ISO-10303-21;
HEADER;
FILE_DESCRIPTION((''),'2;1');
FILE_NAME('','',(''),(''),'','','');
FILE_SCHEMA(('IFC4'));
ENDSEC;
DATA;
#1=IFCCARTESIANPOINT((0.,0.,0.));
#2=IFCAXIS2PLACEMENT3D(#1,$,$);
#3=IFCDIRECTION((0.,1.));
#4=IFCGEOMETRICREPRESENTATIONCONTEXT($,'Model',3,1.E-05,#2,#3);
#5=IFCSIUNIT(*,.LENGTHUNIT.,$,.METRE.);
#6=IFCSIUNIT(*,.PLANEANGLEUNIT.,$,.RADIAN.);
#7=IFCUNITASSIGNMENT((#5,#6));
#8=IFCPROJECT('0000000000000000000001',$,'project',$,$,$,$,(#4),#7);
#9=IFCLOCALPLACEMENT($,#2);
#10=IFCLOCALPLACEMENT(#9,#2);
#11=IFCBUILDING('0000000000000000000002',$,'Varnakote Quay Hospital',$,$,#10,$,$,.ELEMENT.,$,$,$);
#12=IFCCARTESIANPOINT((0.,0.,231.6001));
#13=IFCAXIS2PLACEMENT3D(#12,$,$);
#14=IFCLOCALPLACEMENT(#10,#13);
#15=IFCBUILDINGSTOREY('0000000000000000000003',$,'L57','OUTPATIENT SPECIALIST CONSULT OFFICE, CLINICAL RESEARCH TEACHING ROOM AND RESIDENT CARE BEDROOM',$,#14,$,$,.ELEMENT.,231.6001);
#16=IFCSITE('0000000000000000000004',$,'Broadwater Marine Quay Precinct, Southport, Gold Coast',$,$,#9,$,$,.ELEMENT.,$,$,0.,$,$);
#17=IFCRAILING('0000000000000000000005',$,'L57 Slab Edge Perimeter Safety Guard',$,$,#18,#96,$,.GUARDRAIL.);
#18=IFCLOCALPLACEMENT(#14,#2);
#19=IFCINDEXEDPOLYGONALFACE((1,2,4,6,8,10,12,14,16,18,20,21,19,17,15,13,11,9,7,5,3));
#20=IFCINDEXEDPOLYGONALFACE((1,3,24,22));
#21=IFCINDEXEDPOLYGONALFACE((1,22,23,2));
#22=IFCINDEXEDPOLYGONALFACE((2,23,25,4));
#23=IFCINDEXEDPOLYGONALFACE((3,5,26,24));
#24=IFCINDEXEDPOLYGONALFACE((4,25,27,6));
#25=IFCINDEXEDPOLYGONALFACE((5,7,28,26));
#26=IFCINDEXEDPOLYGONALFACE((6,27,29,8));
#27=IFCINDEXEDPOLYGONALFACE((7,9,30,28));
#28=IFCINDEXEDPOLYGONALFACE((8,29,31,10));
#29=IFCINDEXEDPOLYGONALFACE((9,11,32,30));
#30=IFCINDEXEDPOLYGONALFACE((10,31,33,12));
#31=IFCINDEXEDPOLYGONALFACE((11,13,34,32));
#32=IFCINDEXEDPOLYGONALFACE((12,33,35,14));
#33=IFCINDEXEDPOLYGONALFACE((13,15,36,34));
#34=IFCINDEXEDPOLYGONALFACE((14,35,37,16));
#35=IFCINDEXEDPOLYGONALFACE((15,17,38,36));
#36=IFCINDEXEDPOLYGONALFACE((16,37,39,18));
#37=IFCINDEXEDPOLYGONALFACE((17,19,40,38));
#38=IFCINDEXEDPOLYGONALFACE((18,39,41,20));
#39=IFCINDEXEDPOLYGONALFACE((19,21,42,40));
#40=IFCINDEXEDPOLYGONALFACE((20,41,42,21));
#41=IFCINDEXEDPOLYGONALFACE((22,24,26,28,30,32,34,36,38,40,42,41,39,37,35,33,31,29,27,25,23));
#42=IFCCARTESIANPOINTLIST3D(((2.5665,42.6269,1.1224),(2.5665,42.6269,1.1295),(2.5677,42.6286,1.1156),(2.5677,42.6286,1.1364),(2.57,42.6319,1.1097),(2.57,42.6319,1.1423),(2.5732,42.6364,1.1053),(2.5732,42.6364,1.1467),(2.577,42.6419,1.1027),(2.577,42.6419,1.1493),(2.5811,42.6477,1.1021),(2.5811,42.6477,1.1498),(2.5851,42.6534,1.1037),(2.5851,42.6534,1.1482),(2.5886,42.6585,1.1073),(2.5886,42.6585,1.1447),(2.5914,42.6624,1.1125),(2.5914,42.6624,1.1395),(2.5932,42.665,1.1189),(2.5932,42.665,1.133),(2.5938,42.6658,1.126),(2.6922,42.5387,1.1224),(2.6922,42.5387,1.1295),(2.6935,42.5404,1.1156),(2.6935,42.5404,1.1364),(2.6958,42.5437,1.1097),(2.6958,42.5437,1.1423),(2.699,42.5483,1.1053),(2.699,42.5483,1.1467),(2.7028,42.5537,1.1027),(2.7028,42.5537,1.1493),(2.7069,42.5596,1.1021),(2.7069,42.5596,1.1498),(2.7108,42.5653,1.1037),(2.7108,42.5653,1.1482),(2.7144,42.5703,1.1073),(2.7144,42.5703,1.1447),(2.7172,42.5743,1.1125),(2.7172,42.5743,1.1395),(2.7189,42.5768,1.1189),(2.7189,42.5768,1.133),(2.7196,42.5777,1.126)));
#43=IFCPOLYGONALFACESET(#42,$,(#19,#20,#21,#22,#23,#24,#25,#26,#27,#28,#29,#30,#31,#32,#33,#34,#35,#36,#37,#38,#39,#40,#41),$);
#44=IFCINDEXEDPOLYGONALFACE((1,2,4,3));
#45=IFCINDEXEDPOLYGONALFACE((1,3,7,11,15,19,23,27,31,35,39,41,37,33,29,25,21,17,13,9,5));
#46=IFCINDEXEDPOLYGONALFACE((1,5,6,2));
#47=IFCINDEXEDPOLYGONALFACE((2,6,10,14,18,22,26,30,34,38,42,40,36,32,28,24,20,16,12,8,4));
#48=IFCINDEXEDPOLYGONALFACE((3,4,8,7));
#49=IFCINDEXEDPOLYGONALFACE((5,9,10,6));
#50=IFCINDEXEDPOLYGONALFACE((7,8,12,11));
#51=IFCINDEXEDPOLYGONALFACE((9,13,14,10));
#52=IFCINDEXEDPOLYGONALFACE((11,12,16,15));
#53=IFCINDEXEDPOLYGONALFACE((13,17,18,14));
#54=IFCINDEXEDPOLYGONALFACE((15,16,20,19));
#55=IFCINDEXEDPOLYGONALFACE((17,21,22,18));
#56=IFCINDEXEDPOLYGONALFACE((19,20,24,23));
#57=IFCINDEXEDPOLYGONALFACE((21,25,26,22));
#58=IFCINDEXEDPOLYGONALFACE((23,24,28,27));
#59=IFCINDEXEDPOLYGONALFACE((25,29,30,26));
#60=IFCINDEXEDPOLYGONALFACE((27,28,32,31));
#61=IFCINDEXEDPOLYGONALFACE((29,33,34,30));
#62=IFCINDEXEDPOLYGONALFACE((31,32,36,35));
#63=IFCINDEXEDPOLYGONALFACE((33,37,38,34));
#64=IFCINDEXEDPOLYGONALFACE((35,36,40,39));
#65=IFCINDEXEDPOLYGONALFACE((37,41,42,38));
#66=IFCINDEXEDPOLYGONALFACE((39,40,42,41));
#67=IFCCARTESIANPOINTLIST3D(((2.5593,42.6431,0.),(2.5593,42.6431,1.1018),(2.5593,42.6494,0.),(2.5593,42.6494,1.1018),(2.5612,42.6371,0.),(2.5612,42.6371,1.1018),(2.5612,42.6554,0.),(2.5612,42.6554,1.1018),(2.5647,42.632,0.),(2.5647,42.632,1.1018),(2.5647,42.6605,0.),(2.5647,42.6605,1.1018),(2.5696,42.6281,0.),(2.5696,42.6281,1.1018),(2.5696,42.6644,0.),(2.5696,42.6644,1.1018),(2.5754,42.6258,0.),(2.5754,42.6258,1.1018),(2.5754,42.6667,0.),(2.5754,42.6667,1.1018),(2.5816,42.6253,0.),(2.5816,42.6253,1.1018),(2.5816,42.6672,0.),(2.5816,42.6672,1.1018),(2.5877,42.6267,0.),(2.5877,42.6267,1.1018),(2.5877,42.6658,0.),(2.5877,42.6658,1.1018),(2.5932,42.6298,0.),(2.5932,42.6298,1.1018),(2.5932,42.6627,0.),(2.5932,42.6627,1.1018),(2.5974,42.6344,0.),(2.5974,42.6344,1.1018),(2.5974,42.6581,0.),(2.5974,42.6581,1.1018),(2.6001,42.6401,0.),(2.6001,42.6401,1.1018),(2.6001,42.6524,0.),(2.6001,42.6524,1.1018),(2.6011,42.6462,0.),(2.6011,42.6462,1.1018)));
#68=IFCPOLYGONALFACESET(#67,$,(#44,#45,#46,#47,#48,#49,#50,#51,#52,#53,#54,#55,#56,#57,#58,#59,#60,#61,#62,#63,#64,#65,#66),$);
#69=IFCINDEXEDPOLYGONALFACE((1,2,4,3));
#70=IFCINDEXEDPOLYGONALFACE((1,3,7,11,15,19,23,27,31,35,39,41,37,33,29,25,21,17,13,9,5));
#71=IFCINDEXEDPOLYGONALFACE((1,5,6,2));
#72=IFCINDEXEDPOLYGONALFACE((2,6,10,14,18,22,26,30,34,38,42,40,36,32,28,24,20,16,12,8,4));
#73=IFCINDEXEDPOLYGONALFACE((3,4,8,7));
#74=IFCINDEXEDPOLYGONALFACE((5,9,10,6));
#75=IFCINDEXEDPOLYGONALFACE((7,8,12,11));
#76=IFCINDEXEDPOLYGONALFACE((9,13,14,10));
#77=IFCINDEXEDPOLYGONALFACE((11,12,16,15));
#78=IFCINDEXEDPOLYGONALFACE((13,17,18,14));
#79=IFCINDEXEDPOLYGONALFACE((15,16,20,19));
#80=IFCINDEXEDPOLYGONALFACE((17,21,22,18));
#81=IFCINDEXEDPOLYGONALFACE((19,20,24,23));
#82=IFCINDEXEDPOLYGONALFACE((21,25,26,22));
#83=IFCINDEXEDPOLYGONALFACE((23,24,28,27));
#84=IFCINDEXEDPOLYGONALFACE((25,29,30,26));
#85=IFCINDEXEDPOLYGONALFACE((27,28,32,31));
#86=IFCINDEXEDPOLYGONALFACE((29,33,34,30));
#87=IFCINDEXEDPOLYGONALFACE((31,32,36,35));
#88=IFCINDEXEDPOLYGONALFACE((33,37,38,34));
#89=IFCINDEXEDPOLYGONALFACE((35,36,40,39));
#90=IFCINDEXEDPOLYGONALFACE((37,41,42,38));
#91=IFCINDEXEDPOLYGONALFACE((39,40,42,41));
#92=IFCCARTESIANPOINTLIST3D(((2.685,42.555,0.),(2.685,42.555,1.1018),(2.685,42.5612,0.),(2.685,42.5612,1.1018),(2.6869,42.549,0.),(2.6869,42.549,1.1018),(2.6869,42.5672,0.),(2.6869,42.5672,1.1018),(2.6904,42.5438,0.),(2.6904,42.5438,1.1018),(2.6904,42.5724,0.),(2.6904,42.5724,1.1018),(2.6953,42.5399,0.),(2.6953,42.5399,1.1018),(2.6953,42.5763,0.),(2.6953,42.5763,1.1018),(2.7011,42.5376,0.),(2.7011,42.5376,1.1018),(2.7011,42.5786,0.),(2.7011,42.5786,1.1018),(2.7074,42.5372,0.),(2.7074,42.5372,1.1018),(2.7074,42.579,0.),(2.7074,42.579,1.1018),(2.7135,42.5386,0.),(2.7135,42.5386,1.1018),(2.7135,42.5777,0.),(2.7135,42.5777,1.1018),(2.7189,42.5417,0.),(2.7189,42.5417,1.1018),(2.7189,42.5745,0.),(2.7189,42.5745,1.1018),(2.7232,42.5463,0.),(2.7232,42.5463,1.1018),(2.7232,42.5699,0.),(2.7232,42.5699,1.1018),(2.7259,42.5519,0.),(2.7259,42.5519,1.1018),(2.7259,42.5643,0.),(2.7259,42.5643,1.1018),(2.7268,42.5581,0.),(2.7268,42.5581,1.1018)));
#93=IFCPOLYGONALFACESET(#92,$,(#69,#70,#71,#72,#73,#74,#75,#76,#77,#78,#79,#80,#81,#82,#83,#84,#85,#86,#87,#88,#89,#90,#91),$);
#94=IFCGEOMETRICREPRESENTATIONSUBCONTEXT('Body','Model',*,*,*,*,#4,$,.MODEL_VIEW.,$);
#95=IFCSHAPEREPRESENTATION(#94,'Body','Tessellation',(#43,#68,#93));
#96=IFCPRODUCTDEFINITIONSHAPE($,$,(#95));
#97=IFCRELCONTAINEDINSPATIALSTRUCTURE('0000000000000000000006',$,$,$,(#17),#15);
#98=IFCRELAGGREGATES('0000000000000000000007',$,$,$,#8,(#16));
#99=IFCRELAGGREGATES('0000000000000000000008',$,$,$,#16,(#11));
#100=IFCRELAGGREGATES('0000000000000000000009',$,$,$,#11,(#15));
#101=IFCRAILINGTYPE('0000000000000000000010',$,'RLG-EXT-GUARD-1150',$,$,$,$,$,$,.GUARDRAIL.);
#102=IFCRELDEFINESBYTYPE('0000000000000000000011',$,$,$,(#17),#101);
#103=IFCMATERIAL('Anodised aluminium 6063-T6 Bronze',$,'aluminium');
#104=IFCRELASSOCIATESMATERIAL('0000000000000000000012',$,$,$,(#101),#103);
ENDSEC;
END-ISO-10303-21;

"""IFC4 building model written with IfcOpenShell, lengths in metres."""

from ifc_helpers import new_model, si_unit, direction, frame, origin, origin_2d, place, context, subcontext, project, spatial, circle, extrude, material, type_object, element, save


model = new_model("IFC4")

# Units and contexts
model_context = context("Model", 3, precision=1e-05, world=origin(), true_north=direction((0.0, 1.0)))
body_context = subcontext(model_context, "Body", "Model", "MODEL_VIEW")
ifc_project = project(units=[si_unit("LENGTHUNIT", "METRE"), si_unit("PLANEANGLEUNIT", "RADIAN")], contexts=[model_context])

# Site, building, storey
site_placement = place(None, origin())
site = spatial("IfcSite", under=ifc_project, at=site_placement, Name="Broadwater Marine Quay Precinct, Southport, Gold Coast", CompositionType="ELEMENT", RefElevation=0.0)
building_placement = place(site_placement, origin())
building = spatial("IfcBuilding", under=site, at=building_placement, Name="Varnakote Quay Hospital", CompositionType="ELEMENT")
storey_placement = place(building_placement, frame((0.0, 0.0, 231.6001)))
storey = spatial("IfcBuildingStorey", under=building, at=storey_placement, Name="L57", Description="OUTPATIENT SPECIALIST CONSULT OFFICE, CLINICAL RESEARCH TEACHING ROOM AND RESIDENT CARE BEDROOM", CompositionType="ELEMENT", Elevation=231.6001)

# Railing
ifc_material_1 = material(Name="Anodised aluminium 6063-T6 Bronze", Category="aluminium")
railing_type = type_object("IfcRailingType", Name="RLG-EXT-GUARD-1150", PredefinedType="GUARDRAIL", material=ifc_material_1)
railing_1_placement = place(storey_placement, frame((2.5801, 42.6462, 0.0)))
element("IfcRailing", 1, at=railing_1_placement, inside=storey, type_object=railing_type, Name="L57 Slab Edge Perimeter Safety Guard", PredefinedType="GUARDRAIL", context=body_context, shape_type="SweptSolid", body=[
    extrude(circle(Radius=0.0239, at=origin_2d()), frame((0.0, 0.0, 1.126), z_axis=(0.818858, -0.573996, 0.0), x_axis=(0.573996, 0.818858, 0.0)), (0.0, 0.0, 1.0), 0.1536),
    extrude(circle(Radius=0.021, at=origin_2d()), origin(), (0.0, 0.0, 1.0), 1.1018),
    extrude(circle(Radius=0.021, at=origin_2d()), frame((0.1257, -0.0881, 0.0)), (0.0, 0.0, 1.0), 1.1018),
])

save(model, "model.ifc")
